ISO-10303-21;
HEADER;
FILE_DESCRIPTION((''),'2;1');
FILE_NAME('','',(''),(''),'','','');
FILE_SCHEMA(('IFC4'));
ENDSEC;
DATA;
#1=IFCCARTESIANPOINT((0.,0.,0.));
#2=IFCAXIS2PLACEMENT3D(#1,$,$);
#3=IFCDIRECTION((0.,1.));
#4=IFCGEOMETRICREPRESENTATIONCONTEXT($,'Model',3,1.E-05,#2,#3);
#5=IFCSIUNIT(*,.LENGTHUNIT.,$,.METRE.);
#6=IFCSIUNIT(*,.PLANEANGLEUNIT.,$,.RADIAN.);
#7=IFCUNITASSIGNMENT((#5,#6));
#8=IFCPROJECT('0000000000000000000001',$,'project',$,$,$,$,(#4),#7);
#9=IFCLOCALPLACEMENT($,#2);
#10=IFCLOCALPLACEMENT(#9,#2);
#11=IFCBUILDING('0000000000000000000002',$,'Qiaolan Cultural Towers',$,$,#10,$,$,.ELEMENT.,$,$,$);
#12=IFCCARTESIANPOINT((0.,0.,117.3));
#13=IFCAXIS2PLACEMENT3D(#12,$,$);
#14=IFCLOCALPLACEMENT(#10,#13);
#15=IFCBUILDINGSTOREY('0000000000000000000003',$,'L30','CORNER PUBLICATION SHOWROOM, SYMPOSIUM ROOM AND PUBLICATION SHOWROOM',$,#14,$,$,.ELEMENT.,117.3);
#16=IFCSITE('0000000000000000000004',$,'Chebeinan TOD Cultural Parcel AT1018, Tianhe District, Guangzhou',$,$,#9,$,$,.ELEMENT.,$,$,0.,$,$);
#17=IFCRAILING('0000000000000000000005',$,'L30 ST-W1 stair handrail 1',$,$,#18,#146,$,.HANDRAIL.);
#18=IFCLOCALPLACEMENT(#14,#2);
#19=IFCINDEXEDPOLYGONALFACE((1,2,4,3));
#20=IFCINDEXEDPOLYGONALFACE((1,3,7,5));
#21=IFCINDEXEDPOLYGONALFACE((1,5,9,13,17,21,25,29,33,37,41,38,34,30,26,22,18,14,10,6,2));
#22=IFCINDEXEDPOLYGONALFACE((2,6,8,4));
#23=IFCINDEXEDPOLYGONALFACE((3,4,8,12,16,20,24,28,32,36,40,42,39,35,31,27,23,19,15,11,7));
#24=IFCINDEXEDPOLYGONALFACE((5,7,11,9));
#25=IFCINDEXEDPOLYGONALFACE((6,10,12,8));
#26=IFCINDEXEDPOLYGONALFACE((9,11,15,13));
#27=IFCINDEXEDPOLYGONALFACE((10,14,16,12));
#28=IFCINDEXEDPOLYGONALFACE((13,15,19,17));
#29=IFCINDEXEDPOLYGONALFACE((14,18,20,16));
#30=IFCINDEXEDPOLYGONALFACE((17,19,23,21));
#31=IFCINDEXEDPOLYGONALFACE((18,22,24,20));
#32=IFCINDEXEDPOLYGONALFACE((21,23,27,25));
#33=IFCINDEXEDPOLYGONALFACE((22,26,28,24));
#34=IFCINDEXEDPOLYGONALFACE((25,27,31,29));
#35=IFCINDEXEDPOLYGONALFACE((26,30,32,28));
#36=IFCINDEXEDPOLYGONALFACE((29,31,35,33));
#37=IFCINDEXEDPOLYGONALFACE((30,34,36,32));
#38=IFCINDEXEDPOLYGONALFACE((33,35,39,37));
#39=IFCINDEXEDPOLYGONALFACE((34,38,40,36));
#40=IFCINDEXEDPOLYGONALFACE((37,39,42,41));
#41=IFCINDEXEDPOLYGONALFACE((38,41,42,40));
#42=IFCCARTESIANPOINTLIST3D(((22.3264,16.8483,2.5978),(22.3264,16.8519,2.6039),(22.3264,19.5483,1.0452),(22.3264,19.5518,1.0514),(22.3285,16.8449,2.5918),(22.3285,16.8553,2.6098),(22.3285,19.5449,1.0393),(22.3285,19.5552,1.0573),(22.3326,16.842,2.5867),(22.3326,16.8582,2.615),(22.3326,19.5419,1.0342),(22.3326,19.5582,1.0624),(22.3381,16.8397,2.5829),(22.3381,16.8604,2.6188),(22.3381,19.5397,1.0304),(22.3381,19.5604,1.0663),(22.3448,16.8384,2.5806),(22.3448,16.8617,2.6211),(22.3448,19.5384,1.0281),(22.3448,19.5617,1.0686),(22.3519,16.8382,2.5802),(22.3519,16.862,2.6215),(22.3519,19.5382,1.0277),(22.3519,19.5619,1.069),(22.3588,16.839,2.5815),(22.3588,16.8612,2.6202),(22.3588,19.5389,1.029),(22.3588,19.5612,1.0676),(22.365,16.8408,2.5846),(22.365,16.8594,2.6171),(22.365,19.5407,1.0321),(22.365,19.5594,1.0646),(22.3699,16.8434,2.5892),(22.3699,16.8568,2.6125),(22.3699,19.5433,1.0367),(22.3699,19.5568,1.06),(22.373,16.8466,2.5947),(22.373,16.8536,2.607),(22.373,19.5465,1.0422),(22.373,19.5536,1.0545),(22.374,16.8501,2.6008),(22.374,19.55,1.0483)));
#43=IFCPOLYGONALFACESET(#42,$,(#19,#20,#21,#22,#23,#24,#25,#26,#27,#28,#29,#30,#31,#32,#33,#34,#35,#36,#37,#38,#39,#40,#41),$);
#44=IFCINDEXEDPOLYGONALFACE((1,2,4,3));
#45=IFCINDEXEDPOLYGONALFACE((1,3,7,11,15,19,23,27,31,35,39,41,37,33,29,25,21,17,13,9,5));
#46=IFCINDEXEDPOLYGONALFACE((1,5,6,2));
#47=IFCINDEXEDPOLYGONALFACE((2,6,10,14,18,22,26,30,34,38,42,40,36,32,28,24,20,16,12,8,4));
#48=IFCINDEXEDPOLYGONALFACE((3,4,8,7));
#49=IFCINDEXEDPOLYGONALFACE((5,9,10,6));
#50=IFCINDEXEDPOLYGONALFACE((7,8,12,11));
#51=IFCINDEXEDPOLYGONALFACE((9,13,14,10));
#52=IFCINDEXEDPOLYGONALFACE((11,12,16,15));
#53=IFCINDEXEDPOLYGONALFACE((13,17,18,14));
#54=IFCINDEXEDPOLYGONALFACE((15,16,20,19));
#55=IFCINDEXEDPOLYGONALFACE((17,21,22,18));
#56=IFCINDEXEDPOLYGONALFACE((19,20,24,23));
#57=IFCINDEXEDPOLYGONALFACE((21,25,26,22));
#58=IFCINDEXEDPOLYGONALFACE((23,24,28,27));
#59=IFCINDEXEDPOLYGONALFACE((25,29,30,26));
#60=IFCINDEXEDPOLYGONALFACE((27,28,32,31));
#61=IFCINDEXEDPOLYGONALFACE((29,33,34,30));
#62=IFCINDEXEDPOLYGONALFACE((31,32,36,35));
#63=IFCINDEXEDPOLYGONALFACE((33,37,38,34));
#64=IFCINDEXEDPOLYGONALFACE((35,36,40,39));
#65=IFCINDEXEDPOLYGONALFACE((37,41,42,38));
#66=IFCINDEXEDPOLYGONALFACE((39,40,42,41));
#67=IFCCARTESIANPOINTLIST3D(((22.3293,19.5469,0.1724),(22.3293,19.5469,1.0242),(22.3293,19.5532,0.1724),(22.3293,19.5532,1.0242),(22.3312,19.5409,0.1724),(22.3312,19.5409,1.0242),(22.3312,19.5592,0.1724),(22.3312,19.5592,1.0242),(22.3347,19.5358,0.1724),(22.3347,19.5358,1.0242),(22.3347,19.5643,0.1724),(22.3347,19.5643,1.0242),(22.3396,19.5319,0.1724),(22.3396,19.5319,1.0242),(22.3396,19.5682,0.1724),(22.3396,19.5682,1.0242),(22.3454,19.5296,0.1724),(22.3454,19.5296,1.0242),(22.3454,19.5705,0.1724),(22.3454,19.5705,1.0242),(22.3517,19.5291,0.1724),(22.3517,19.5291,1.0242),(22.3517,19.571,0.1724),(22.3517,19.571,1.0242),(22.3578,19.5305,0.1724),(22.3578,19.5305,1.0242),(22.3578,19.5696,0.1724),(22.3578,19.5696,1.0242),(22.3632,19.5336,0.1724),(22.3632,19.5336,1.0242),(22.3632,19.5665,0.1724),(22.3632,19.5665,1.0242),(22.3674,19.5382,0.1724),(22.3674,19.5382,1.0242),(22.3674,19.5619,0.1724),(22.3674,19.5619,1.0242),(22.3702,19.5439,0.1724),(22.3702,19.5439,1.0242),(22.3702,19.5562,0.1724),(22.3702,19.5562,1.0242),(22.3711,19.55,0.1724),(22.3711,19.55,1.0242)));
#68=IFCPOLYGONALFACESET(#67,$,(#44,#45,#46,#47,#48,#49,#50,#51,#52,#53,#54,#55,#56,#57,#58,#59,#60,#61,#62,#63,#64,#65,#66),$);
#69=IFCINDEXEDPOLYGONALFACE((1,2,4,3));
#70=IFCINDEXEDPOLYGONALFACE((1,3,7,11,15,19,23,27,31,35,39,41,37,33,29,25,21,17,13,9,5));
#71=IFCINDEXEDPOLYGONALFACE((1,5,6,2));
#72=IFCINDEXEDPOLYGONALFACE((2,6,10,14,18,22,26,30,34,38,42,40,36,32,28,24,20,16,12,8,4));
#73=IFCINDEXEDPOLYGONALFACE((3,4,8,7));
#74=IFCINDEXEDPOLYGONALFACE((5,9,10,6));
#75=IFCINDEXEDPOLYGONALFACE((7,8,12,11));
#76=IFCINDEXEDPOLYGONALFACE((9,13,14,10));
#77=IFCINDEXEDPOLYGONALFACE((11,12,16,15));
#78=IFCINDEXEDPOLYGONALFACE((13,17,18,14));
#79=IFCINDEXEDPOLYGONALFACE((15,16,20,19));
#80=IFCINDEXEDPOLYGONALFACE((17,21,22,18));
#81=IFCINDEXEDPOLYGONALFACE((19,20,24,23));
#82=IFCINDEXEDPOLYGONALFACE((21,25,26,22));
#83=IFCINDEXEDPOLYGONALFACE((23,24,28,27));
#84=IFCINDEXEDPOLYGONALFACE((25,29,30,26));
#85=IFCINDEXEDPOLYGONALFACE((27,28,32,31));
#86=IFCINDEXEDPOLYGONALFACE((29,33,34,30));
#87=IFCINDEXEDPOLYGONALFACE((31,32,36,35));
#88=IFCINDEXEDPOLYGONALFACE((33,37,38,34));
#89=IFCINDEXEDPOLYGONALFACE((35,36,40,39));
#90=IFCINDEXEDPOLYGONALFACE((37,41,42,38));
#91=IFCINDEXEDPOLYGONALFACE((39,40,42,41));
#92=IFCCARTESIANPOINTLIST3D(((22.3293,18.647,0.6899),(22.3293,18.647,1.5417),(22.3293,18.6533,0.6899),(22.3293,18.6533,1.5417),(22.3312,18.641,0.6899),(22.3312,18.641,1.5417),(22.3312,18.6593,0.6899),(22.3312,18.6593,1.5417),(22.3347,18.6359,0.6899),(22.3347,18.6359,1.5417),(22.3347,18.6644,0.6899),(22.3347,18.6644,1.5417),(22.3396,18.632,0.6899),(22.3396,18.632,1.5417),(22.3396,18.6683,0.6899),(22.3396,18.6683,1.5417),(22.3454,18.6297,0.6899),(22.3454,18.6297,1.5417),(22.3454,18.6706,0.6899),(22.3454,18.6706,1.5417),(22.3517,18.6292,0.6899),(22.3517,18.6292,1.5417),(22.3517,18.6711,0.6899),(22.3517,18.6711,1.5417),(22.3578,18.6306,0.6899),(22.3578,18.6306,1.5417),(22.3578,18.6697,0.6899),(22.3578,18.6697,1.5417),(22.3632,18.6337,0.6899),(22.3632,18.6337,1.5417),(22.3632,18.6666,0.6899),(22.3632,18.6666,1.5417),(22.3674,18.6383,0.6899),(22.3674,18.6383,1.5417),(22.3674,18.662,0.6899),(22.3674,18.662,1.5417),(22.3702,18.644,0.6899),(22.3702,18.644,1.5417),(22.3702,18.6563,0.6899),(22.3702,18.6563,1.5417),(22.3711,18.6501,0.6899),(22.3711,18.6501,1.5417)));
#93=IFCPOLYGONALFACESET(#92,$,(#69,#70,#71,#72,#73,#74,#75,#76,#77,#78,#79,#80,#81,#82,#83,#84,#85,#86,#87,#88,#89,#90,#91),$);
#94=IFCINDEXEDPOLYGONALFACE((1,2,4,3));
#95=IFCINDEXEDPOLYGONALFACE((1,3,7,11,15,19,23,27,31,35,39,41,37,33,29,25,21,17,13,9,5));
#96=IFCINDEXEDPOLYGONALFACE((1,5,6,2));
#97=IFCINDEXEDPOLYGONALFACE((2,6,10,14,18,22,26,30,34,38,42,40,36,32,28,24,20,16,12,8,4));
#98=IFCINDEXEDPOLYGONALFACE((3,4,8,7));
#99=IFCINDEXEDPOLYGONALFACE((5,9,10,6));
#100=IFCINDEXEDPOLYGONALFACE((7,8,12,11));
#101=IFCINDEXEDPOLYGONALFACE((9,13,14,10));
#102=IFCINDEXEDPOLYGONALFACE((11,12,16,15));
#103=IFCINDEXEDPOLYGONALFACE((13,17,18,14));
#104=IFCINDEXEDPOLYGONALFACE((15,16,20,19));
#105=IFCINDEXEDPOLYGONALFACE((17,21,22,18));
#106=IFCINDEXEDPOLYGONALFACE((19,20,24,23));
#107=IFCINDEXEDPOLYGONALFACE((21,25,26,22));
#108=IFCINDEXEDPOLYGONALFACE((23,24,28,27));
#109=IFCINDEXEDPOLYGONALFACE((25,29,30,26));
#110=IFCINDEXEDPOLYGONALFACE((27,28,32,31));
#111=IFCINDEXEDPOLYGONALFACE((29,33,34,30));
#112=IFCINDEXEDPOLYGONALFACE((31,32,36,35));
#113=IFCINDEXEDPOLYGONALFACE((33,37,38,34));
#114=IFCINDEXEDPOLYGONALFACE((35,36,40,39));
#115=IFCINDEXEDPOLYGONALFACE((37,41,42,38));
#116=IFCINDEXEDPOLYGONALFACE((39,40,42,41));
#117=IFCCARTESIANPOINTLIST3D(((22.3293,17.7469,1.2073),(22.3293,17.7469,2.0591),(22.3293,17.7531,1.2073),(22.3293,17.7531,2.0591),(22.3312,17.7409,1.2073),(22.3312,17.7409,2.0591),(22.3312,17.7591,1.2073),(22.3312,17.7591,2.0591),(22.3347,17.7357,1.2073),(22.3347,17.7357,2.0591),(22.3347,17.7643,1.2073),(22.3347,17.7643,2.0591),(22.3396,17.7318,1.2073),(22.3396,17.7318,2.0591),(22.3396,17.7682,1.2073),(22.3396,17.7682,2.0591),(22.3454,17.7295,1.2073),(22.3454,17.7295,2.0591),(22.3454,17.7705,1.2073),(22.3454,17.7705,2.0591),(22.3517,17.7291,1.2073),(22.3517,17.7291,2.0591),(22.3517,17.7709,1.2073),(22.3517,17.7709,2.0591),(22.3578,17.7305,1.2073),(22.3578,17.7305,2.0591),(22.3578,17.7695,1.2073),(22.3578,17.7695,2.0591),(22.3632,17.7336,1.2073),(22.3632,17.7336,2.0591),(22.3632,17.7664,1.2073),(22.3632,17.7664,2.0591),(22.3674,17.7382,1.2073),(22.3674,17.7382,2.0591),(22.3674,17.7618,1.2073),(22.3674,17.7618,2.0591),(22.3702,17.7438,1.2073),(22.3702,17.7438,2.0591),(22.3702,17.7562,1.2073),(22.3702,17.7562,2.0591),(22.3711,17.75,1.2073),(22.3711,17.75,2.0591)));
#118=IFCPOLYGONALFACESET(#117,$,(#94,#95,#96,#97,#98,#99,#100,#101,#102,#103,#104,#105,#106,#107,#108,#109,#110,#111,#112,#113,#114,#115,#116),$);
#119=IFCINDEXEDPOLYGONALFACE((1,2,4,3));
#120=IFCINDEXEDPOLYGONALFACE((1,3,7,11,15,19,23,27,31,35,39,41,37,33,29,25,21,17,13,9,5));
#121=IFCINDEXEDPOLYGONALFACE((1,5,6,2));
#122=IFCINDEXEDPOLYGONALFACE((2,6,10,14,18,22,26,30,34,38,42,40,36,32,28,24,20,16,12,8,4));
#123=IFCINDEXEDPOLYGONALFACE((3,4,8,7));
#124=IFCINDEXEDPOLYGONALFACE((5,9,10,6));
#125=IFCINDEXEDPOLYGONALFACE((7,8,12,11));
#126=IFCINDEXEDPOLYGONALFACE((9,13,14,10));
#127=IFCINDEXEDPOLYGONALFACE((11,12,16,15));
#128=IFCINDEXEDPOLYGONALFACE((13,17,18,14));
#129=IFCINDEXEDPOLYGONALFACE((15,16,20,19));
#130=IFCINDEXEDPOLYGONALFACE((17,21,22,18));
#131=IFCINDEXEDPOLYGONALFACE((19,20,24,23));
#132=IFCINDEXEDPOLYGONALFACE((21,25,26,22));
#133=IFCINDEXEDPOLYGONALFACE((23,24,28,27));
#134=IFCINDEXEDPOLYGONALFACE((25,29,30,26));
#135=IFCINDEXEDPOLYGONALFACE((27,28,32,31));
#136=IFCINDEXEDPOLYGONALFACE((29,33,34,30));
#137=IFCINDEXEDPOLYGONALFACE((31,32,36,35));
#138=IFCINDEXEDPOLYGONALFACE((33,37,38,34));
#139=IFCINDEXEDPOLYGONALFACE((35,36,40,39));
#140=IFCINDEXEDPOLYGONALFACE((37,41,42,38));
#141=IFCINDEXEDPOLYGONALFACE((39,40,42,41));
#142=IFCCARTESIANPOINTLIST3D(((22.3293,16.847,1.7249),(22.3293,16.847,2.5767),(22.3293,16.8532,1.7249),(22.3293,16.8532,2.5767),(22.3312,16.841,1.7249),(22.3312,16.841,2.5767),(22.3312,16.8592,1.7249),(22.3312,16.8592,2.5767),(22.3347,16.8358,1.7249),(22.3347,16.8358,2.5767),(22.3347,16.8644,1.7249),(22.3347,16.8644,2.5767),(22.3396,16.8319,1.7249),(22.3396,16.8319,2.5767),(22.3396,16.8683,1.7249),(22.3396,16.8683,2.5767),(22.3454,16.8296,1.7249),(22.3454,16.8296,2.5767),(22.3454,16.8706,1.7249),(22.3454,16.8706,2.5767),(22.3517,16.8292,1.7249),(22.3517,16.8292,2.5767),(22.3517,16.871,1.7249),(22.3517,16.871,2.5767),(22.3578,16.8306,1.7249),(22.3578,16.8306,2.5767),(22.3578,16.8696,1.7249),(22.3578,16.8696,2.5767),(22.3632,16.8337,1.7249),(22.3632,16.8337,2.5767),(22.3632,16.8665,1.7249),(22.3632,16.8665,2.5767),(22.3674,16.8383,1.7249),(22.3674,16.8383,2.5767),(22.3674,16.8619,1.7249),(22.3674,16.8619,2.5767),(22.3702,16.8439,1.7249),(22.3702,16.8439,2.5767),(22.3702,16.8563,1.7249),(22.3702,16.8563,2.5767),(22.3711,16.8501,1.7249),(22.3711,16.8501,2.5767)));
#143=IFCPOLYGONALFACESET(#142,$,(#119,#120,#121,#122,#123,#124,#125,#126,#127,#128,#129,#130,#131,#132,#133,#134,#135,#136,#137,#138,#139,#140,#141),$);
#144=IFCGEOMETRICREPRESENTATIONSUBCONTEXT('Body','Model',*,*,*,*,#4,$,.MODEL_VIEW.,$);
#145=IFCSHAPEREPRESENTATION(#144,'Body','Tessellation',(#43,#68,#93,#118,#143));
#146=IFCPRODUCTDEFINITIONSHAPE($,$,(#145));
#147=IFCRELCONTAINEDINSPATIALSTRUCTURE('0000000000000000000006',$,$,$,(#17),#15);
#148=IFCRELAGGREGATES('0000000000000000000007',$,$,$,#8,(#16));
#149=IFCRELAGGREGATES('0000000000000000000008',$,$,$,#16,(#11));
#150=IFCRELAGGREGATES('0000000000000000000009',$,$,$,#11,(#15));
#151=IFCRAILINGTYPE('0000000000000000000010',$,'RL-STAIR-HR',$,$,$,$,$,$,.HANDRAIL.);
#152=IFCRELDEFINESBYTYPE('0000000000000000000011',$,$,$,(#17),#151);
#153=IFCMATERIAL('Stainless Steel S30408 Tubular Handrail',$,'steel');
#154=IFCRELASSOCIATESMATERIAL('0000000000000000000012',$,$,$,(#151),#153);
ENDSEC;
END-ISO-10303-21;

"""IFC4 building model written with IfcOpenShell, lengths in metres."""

from ifc_helpers import new_model, si_unit, direction, frame, origin, origin_2d, place, context, subcontext, project, spatial, circle, extrude, material, type_object, element, save


model = new_model("IFC4")

# Units and contexts
model_context = context("Model", 3, precision=1e-05, world=origin(), true_north=direction((0.0, 1.0)))
body_context = subcontext(model_context, "Body", "Model", "MODEL_VIEW")
ifc_project = project(units=[si_unit("LENGTHUNIT", "METRE"), si_unit("PLANEANGLEUNIT", "RADIAN")], contexts=[model_context])

# Site, building, storey
site_placement = place(None, origin())
site = spatial("IfcSite", under=ifc_project, at=site_placement, Name="Chebeinan TOD Cultural Parcel AT1018, Tianhe District, Guangzhou", CompositionType="ELEMENT", RefElevation=0.0)
building_placement = place(site_placement, origin())
building = spatial("IfcBuilding", under=site, at=building_placement, Name="Qiaolan Cultural Towers", CompositionType="ELEMENT")
storey_placement = place(building_placement, frame((0.0, 0.0, 117.3)))
storey = spatial("IfcBuildingStorey", under=building, at=storey_placement, Name="L30", Description="CORNER PUBLICATION SHOWROOM, SYMPOSIUM ROOM AND PUBLICATION SHOWROOM", CompositionType="ELEMENT", Elevation=117.3)

# Railing
ifc_material_1 = material(Name="Stainless Steel S30408 Tubular Handrail", Category="steel")
railing_type_1 = type_object("IfcRailingType", Name="RL-STAIR-HR", PredefinedType="HANDRAIL", material=ifc_material_1)
railing_1_placement = place(storey_placement, frame((22.3501, 19.55, 0.1724)))
element("IfcRailing", 1, at=railing_1_placement, inside=storey, type_object=railing_type_1, Name="L30 ST-W1 stair handrail 1", PredefinedType="HANDRAIL", context=body_context, shape_type="SweptSolid", body=[
    extrude(circle(Radius=0.0239, at=origin_2d()), frame((0.0, 0.0, 0.876), z_axis=(0.0, -0.866904, 0.498476), x_axis=(1.0, 0.0, 0.0)), (0.0, 0.0, 1.0), 3.1145),
    extrude(circle(Radius=0.021, at=origin_2d()), origin(), (0.0, 0.0, 1.0), 0.8518),
    extrude(circle(Radius=0.021, at=origin_2d()), frame((0.0, -0.8999, 0.5176)), (0.0, 0.0, 1.0), 0.8518),
    extrude(circle(Radius=0.021, at=origin_2d()), frame((0.0, -1.8, 1.0349)), (0.0, 0.0, 1.0), 0.8518),
    extrude(circle(Radius=0.021, at=origin_2d()), frame((0.0, -2.7, 1.5525)), (0.0, 0.0, 1.0), 0.8518),
])

save(model, "model.ifc")
